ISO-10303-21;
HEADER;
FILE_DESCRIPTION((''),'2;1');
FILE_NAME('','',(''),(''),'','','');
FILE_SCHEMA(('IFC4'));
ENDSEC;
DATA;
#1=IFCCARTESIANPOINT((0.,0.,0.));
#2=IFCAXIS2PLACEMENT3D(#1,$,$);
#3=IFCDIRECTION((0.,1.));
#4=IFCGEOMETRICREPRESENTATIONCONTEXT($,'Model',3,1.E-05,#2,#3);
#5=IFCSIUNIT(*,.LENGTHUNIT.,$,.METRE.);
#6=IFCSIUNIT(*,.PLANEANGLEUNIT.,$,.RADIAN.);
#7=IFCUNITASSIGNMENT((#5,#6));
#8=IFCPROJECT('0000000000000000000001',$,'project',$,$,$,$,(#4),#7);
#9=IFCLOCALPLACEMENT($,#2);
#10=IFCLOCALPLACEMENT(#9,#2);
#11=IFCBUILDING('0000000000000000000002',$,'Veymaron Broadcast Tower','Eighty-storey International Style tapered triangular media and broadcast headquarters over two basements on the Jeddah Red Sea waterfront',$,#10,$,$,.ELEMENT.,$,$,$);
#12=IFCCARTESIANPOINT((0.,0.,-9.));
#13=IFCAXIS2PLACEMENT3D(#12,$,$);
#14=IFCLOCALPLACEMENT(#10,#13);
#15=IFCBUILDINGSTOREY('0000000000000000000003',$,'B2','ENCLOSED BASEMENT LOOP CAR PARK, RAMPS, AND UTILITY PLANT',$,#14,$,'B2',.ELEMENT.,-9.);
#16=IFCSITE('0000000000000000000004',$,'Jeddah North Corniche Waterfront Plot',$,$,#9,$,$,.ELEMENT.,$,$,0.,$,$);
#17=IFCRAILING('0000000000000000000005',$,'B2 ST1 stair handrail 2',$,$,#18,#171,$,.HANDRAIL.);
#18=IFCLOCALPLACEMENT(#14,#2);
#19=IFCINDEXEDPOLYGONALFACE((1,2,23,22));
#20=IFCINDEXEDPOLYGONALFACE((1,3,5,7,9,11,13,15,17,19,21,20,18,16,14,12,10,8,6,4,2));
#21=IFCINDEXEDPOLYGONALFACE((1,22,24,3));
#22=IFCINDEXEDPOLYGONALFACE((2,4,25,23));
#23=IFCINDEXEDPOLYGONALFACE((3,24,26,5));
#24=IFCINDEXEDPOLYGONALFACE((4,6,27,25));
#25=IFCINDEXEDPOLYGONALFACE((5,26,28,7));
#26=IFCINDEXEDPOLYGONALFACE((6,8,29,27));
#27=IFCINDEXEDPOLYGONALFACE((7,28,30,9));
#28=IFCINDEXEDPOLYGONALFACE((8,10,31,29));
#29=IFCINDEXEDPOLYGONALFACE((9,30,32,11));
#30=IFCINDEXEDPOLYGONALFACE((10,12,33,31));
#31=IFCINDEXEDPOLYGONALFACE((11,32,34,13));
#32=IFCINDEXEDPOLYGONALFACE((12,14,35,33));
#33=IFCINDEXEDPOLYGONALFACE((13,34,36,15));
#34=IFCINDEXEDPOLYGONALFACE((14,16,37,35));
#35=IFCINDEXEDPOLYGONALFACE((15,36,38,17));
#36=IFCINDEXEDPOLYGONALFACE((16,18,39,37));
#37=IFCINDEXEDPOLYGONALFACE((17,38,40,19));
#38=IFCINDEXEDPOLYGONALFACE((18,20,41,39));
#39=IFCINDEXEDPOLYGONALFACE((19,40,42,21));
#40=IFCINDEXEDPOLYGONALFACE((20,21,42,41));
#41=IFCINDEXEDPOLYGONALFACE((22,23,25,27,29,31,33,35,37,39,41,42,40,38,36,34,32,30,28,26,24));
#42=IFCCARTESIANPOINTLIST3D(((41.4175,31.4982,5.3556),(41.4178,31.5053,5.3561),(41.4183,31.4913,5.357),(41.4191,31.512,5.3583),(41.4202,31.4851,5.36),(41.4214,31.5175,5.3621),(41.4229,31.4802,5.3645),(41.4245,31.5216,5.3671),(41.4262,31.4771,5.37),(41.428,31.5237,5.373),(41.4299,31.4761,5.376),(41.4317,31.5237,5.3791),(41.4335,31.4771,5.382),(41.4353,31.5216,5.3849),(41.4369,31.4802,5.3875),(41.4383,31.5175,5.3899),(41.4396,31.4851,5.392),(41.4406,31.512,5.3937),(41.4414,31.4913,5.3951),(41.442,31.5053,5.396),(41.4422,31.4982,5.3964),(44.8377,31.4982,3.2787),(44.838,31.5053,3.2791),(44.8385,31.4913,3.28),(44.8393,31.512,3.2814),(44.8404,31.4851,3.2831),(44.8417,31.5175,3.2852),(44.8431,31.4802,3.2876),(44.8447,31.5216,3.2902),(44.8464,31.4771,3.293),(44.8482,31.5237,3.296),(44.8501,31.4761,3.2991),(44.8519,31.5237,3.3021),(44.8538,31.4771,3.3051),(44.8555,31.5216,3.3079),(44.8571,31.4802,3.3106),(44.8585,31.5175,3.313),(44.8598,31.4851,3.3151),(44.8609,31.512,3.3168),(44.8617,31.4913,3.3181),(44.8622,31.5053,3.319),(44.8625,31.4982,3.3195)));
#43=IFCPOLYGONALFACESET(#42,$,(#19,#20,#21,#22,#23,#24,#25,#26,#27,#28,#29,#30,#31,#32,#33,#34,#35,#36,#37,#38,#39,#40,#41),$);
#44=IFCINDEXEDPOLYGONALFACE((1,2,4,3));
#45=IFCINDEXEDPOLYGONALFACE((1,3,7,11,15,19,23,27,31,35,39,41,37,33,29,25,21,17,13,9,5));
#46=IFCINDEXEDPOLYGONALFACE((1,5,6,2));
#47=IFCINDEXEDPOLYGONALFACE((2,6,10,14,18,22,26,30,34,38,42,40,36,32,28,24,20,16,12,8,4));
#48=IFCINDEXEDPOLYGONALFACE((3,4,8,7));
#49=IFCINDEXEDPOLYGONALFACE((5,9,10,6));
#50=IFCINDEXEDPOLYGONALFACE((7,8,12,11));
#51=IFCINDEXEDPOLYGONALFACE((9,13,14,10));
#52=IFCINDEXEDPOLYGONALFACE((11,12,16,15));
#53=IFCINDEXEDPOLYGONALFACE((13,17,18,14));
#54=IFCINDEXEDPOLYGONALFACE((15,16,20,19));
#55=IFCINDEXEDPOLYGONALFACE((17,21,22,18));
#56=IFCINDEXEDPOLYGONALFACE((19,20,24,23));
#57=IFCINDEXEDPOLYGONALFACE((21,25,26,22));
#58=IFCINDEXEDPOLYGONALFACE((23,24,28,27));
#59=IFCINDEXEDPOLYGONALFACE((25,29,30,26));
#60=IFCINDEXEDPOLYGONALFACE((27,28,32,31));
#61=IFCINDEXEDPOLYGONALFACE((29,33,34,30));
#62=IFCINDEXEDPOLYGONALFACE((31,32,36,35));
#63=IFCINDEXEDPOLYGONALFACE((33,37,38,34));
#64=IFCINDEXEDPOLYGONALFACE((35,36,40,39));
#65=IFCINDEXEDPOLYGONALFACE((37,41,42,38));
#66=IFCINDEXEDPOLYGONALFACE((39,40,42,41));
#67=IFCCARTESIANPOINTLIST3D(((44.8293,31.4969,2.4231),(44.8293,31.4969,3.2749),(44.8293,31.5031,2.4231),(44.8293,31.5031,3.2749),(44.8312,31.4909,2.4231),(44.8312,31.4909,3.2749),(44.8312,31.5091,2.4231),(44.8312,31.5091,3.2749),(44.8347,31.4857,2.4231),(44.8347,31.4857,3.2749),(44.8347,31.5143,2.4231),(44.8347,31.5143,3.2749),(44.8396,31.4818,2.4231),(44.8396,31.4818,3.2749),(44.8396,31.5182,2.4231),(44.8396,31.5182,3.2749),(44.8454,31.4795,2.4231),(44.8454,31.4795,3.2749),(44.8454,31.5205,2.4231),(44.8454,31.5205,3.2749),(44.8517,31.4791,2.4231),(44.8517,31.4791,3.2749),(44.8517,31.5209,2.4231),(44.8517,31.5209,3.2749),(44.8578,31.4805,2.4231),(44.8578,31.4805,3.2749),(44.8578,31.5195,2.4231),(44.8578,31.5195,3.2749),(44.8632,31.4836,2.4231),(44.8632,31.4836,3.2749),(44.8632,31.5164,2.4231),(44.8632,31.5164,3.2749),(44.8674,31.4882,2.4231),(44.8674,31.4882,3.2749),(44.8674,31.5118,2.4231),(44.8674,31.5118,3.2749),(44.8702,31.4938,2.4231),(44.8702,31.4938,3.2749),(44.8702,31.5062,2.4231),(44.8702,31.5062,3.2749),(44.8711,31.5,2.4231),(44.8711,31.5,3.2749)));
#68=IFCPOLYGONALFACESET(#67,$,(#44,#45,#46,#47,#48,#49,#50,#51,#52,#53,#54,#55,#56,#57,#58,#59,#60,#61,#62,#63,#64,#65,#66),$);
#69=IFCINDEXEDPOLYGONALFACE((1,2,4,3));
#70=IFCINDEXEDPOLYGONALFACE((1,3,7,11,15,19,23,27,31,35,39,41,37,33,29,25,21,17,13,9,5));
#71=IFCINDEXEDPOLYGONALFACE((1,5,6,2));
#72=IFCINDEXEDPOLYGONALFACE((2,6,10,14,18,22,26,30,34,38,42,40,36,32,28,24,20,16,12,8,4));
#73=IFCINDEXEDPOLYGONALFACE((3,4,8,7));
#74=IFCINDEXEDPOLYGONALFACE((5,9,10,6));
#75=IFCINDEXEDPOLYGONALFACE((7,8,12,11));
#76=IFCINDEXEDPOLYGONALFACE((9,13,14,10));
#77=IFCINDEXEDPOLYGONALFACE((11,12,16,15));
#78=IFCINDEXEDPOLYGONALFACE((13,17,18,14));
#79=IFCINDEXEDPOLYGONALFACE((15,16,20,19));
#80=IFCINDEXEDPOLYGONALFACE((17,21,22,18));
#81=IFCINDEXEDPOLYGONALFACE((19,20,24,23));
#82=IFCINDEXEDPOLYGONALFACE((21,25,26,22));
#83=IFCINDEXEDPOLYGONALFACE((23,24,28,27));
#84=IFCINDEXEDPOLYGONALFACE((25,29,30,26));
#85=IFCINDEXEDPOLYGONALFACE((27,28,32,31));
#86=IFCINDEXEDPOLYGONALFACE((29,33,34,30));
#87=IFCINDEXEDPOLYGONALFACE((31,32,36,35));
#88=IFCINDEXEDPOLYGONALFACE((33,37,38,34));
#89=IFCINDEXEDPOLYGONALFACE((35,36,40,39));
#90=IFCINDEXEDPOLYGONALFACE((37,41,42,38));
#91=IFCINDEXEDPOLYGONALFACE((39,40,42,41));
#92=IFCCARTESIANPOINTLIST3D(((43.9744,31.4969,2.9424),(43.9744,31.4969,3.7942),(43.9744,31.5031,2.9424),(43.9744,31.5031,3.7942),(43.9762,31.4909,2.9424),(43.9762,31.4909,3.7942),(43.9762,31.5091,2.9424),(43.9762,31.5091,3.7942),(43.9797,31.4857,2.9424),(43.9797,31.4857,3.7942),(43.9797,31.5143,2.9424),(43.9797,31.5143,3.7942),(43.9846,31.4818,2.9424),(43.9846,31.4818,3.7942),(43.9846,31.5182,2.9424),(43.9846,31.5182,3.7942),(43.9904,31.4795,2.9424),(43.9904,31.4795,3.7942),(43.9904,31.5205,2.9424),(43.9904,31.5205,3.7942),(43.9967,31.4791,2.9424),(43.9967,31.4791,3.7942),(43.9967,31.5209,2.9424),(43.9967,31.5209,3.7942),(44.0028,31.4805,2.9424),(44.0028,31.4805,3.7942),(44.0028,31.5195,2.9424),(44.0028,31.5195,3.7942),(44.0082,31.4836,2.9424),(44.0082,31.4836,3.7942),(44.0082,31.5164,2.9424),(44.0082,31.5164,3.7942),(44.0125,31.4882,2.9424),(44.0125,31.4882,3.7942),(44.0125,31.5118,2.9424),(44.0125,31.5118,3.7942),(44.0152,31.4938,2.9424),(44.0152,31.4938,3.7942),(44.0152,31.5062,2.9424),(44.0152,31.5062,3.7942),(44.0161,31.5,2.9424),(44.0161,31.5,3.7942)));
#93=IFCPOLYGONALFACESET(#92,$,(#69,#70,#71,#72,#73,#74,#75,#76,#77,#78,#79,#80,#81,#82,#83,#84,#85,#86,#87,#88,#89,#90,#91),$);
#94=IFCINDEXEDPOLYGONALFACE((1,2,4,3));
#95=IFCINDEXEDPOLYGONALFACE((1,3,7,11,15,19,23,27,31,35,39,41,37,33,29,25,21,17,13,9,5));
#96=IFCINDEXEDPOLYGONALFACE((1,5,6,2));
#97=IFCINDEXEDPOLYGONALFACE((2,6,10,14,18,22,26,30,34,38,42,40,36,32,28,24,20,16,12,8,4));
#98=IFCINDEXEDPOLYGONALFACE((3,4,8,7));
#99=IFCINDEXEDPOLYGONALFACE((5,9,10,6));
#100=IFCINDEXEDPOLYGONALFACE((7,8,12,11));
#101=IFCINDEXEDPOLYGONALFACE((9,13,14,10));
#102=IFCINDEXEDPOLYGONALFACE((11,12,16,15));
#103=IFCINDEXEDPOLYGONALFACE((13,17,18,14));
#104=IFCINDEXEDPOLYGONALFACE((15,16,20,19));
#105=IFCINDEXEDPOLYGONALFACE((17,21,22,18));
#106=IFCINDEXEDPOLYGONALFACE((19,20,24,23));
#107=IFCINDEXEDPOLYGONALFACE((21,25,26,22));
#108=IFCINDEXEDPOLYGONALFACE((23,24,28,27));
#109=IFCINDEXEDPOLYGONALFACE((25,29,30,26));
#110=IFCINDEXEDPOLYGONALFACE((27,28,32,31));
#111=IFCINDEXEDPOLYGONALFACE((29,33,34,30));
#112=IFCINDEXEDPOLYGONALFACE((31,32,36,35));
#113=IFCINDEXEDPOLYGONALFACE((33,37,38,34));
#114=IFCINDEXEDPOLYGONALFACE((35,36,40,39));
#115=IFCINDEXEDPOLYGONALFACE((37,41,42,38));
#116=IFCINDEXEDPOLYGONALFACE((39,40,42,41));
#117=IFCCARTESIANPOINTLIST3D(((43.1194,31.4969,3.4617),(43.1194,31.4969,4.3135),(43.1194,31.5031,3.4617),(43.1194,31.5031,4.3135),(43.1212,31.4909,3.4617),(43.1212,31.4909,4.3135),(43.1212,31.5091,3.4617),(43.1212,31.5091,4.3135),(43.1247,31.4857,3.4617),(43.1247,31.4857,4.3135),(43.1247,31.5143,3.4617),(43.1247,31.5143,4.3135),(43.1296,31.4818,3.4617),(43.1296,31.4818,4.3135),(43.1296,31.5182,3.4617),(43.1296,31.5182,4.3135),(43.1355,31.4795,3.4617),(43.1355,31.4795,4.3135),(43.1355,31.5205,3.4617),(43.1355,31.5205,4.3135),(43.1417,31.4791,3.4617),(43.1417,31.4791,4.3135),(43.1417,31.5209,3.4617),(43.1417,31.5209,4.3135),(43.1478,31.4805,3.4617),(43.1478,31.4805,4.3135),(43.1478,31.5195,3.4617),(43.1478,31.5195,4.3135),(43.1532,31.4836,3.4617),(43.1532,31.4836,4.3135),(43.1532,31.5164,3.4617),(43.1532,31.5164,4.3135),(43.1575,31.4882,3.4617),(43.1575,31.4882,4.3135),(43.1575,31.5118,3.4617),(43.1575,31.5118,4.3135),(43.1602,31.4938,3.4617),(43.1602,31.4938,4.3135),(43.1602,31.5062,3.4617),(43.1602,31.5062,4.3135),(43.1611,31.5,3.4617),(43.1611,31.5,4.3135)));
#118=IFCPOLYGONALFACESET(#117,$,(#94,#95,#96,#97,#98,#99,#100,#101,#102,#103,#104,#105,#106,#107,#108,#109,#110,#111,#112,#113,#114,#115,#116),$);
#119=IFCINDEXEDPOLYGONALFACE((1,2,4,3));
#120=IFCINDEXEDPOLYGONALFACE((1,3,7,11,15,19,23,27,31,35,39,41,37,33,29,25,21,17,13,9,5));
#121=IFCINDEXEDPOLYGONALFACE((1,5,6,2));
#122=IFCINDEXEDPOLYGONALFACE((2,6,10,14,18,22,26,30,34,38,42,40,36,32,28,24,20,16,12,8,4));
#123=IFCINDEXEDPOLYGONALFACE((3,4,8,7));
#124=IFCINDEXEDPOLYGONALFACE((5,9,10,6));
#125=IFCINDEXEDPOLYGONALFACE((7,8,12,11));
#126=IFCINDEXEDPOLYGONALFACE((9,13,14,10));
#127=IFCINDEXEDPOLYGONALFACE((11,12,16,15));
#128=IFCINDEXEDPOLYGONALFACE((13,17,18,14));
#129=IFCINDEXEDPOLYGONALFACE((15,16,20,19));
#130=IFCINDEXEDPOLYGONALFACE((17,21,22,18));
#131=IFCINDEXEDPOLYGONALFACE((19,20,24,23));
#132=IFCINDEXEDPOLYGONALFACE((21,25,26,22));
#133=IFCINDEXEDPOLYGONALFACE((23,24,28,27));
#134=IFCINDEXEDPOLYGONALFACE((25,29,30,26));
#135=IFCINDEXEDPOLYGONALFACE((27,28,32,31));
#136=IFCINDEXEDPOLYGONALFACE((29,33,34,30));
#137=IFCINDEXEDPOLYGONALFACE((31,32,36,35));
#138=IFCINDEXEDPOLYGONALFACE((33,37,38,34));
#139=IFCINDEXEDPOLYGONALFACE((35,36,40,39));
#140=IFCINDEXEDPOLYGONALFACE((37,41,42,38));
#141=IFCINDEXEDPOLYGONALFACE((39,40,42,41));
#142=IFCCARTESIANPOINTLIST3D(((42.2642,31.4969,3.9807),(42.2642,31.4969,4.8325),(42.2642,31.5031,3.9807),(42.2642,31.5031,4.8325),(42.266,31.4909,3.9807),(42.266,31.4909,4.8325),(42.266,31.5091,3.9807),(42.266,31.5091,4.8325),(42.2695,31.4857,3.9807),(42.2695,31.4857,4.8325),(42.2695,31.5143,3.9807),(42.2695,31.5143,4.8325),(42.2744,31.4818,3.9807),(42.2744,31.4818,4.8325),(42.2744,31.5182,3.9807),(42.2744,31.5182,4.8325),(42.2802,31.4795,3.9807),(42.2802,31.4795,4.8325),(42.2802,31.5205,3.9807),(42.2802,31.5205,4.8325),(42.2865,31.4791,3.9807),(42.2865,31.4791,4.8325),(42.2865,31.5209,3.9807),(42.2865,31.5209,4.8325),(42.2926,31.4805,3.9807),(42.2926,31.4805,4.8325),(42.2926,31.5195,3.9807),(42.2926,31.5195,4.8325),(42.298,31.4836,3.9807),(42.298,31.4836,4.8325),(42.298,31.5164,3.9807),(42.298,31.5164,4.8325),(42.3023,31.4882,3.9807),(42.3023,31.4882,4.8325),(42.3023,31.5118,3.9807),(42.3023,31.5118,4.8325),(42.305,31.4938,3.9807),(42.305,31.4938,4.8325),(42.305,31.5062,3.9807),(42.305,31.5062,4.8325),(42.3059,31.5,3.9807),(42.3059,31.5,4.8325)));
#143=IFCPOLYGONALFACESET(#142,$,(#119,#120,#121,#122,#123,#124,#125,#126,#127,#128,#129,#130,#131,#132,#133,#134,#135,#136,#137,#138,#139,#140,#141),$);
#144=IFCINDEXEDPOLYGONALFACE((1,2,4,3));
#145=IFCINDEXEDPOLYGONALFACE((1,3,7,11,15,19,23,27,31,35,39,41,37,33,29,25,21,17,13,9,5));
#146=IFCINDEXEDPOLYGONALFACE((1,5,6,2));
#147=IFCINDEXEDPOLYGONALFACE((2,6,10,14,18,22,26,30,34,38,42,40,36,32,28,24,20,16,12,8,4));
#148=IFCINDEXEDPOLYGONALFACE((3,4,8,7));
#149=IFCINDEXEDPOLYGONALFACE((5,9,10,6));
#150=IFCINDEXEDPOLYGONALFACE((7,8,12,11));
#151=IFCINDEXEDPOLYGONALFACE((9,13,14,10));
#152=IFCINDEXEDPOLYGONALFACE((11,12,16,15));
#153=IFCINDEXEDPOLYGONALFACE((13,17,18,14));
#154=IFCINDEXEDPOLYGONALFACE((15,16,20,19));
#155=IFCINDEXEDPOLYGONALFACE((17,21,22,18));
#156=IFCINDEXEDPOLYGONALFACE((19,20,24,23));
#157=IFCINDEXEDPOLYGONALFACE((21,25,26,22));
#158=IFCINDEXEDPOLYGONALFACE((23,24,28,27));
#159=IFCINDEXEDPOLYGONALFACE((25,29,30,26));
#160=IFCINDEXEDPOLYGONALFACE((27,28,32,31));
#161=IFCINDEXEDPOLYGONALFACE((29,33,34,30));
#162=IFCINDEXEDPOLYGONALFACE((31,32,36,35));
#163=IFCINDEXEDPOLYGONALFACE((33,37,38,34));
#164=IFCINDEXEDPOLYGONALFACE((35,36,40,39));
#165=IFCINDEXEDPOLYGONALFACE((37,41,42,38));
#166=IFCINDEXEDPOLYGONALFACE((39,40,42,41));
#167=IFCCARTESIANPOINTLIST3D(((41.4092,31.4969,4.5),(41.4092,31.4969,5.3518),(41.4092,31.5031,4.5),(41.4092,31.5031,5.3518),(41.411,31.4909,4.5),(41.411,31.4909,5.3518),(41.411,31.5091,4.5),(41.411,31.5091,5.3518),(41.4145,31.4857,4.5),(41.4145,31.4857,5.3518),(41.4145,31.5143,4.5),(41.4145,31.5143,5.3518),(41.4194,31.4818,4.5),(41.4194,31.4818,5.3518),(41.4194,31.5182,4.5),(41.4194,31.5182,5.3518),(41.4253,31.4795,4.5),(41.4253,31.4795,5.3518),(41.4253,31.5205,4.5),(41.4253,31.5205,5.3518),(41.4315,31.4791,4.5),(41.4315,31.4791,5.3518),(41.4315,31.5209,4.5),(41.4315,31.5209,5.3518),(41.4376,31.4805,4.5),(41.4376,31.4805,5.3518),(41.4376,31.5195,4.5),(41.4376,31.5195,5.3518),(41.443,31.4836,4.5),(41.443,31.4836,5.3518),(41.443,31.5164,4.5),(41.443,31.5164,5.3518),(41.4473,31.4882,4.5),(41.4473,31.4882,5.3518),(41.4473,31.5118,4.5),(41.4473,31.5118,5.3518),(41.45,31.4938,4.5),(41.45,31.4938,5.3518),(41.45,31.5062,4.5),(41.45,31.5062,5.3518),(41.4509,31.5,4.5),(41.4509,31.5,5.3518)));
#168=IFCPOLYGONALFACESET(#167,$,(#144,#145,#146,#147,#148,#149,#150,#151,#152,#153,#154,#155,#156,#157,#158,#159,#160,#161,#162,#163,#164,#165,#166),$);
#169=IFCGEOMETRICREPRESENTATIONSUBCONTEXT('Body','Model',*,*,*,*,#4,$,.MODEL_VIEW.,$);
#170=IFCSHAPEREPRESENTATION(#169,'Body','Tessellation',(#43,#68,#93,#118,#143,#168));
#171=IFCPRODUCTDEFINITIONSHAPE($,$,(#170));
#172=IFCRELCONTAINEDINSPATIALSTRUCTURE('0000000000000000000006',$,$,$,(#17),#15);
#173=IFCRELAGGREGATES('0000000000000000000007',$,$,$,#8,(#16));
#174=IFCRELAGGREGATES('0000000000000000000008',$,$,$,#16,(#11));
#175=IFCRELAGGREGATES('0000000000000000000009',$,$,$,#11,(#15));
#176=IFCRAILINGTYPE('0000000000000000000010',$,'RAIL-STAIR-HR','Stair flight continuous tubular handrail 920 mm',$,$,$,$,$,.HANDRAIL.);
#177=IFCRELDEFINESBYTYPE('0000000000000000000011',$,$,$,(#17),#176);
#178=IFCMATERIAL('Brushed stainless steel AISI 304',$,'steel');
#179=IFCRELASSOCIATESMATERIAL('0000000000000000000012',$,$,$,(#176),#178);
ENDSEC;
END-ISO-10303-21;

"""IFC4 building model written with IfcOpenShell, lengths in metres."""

from ifc_helpers import new_model, si_unit, direction, frame, origin, origin_2d, place, context, subcontext, project, spatial, circle, extrude, material, type_object, element, save


model = new_model("IFC4")

# Units and contexts
model_context = context("Model", 3, precision=1e-05, world=origin(), true_north=direction((0.0, 1.0)))
body_context = subcontext(model_context, "Body", "Model", "MODEL_VIEW")
ifc_project = project(units=[si_unit("LENGTHUNIT", "METRE"), si_unit("PLANEANGLEUNIT", "RADIAN")], contexts=[model_context])

# Site, building, storey
site_placement = place(None, origin())
site = spatial("IfcSite", under=ifc_project, at=site_placement, Name="Jeddah North Corniche Waterfront Plot", CompositionType="ELEMENT", RefElevation=0.0)
building_placement = place(site_placement, origin())
building = spatial("IfcBuilding", under=site, at=building_placement, Name="Veymaron Broadcast Tower", Description="Eighty-storey International Style tapered triangular media and broadcast headquarters over two basements on the Jeddah Red Sea waterfront", CompositionType="ELEMENT")
storey_placement = place(building_placement, frame((0.0, 0.0, -9.0)))
storey = spatial("IfcBuildingStorey", under=building, at=storey_placement, Name="B2", Description="ENCLOSED BASEMENT LOOP CAR PARK, RAMPS, AND UTILITY PLANT", LongName="B2", CompositionType="ELEMENT", Elevation=-9.0)

# Shared definitions
ifc_material_1 = material(Name="Brushed stainless steel AISI 304", Category="steel")

# Railing
railing_type_1 = type_object("IfcRailingType", Name="RAIL-STAIR-HR", Description="Stair flight continuous tubular handrail 920 mm", PredefinedType="HANDRAIL", material=ifc_material_1)
railing_1_placement = place(storey_placement, frame((44.8501, 31.5, 2.4231)))
element("IfcRailing", 1, at=railing_1_placement, inside=storey, type_object=railing_type_1, Name="B2 ST1 stair handrail 2", PredefinedType="HANDRAIL", context=body_context, shape_type="SweptSolid", body=[
    extrude(circle(Radius=0.0239, at=origin_2d()), frame((0.0, 0.0, 0.876), z_axis=(-0.854746, 0.0, 0.519047), x_axis=(0.0, -1.0, 0.0)), (0.0, 0.0, 1.0), 4.0015),
    extrude(circle(Radius=0.021, at=origin_2d()), origin(), (0.0, 0.0, 1.0), 0.8518),
    extrude(circle(Radius=0.021, at=origin_2d()), frame((-0.855, 0.0, 0.5193)), (0.0, 0.0, 1.0), 0.8518),
    extrude(circle(Radius=0.021, at=origin_2d()), frame((-1.71, 0.0, 1.0386)), (0.0, 0.0, 1.0), 0.8518),
    extrude(circle(Radius=0.021, at=origin_2d()), frame((-2.5652, 0.0, 1.5576)), (0.0, 0.0, 1.0), 0.8518),
    extrude(circle(Radius=0.021, at=origin_2d()), frame((-3.4202, 0.0, 2.0769)), (0.0, 0.0, 1.0), 0.8518),
])

save(model, "model.ifc")
